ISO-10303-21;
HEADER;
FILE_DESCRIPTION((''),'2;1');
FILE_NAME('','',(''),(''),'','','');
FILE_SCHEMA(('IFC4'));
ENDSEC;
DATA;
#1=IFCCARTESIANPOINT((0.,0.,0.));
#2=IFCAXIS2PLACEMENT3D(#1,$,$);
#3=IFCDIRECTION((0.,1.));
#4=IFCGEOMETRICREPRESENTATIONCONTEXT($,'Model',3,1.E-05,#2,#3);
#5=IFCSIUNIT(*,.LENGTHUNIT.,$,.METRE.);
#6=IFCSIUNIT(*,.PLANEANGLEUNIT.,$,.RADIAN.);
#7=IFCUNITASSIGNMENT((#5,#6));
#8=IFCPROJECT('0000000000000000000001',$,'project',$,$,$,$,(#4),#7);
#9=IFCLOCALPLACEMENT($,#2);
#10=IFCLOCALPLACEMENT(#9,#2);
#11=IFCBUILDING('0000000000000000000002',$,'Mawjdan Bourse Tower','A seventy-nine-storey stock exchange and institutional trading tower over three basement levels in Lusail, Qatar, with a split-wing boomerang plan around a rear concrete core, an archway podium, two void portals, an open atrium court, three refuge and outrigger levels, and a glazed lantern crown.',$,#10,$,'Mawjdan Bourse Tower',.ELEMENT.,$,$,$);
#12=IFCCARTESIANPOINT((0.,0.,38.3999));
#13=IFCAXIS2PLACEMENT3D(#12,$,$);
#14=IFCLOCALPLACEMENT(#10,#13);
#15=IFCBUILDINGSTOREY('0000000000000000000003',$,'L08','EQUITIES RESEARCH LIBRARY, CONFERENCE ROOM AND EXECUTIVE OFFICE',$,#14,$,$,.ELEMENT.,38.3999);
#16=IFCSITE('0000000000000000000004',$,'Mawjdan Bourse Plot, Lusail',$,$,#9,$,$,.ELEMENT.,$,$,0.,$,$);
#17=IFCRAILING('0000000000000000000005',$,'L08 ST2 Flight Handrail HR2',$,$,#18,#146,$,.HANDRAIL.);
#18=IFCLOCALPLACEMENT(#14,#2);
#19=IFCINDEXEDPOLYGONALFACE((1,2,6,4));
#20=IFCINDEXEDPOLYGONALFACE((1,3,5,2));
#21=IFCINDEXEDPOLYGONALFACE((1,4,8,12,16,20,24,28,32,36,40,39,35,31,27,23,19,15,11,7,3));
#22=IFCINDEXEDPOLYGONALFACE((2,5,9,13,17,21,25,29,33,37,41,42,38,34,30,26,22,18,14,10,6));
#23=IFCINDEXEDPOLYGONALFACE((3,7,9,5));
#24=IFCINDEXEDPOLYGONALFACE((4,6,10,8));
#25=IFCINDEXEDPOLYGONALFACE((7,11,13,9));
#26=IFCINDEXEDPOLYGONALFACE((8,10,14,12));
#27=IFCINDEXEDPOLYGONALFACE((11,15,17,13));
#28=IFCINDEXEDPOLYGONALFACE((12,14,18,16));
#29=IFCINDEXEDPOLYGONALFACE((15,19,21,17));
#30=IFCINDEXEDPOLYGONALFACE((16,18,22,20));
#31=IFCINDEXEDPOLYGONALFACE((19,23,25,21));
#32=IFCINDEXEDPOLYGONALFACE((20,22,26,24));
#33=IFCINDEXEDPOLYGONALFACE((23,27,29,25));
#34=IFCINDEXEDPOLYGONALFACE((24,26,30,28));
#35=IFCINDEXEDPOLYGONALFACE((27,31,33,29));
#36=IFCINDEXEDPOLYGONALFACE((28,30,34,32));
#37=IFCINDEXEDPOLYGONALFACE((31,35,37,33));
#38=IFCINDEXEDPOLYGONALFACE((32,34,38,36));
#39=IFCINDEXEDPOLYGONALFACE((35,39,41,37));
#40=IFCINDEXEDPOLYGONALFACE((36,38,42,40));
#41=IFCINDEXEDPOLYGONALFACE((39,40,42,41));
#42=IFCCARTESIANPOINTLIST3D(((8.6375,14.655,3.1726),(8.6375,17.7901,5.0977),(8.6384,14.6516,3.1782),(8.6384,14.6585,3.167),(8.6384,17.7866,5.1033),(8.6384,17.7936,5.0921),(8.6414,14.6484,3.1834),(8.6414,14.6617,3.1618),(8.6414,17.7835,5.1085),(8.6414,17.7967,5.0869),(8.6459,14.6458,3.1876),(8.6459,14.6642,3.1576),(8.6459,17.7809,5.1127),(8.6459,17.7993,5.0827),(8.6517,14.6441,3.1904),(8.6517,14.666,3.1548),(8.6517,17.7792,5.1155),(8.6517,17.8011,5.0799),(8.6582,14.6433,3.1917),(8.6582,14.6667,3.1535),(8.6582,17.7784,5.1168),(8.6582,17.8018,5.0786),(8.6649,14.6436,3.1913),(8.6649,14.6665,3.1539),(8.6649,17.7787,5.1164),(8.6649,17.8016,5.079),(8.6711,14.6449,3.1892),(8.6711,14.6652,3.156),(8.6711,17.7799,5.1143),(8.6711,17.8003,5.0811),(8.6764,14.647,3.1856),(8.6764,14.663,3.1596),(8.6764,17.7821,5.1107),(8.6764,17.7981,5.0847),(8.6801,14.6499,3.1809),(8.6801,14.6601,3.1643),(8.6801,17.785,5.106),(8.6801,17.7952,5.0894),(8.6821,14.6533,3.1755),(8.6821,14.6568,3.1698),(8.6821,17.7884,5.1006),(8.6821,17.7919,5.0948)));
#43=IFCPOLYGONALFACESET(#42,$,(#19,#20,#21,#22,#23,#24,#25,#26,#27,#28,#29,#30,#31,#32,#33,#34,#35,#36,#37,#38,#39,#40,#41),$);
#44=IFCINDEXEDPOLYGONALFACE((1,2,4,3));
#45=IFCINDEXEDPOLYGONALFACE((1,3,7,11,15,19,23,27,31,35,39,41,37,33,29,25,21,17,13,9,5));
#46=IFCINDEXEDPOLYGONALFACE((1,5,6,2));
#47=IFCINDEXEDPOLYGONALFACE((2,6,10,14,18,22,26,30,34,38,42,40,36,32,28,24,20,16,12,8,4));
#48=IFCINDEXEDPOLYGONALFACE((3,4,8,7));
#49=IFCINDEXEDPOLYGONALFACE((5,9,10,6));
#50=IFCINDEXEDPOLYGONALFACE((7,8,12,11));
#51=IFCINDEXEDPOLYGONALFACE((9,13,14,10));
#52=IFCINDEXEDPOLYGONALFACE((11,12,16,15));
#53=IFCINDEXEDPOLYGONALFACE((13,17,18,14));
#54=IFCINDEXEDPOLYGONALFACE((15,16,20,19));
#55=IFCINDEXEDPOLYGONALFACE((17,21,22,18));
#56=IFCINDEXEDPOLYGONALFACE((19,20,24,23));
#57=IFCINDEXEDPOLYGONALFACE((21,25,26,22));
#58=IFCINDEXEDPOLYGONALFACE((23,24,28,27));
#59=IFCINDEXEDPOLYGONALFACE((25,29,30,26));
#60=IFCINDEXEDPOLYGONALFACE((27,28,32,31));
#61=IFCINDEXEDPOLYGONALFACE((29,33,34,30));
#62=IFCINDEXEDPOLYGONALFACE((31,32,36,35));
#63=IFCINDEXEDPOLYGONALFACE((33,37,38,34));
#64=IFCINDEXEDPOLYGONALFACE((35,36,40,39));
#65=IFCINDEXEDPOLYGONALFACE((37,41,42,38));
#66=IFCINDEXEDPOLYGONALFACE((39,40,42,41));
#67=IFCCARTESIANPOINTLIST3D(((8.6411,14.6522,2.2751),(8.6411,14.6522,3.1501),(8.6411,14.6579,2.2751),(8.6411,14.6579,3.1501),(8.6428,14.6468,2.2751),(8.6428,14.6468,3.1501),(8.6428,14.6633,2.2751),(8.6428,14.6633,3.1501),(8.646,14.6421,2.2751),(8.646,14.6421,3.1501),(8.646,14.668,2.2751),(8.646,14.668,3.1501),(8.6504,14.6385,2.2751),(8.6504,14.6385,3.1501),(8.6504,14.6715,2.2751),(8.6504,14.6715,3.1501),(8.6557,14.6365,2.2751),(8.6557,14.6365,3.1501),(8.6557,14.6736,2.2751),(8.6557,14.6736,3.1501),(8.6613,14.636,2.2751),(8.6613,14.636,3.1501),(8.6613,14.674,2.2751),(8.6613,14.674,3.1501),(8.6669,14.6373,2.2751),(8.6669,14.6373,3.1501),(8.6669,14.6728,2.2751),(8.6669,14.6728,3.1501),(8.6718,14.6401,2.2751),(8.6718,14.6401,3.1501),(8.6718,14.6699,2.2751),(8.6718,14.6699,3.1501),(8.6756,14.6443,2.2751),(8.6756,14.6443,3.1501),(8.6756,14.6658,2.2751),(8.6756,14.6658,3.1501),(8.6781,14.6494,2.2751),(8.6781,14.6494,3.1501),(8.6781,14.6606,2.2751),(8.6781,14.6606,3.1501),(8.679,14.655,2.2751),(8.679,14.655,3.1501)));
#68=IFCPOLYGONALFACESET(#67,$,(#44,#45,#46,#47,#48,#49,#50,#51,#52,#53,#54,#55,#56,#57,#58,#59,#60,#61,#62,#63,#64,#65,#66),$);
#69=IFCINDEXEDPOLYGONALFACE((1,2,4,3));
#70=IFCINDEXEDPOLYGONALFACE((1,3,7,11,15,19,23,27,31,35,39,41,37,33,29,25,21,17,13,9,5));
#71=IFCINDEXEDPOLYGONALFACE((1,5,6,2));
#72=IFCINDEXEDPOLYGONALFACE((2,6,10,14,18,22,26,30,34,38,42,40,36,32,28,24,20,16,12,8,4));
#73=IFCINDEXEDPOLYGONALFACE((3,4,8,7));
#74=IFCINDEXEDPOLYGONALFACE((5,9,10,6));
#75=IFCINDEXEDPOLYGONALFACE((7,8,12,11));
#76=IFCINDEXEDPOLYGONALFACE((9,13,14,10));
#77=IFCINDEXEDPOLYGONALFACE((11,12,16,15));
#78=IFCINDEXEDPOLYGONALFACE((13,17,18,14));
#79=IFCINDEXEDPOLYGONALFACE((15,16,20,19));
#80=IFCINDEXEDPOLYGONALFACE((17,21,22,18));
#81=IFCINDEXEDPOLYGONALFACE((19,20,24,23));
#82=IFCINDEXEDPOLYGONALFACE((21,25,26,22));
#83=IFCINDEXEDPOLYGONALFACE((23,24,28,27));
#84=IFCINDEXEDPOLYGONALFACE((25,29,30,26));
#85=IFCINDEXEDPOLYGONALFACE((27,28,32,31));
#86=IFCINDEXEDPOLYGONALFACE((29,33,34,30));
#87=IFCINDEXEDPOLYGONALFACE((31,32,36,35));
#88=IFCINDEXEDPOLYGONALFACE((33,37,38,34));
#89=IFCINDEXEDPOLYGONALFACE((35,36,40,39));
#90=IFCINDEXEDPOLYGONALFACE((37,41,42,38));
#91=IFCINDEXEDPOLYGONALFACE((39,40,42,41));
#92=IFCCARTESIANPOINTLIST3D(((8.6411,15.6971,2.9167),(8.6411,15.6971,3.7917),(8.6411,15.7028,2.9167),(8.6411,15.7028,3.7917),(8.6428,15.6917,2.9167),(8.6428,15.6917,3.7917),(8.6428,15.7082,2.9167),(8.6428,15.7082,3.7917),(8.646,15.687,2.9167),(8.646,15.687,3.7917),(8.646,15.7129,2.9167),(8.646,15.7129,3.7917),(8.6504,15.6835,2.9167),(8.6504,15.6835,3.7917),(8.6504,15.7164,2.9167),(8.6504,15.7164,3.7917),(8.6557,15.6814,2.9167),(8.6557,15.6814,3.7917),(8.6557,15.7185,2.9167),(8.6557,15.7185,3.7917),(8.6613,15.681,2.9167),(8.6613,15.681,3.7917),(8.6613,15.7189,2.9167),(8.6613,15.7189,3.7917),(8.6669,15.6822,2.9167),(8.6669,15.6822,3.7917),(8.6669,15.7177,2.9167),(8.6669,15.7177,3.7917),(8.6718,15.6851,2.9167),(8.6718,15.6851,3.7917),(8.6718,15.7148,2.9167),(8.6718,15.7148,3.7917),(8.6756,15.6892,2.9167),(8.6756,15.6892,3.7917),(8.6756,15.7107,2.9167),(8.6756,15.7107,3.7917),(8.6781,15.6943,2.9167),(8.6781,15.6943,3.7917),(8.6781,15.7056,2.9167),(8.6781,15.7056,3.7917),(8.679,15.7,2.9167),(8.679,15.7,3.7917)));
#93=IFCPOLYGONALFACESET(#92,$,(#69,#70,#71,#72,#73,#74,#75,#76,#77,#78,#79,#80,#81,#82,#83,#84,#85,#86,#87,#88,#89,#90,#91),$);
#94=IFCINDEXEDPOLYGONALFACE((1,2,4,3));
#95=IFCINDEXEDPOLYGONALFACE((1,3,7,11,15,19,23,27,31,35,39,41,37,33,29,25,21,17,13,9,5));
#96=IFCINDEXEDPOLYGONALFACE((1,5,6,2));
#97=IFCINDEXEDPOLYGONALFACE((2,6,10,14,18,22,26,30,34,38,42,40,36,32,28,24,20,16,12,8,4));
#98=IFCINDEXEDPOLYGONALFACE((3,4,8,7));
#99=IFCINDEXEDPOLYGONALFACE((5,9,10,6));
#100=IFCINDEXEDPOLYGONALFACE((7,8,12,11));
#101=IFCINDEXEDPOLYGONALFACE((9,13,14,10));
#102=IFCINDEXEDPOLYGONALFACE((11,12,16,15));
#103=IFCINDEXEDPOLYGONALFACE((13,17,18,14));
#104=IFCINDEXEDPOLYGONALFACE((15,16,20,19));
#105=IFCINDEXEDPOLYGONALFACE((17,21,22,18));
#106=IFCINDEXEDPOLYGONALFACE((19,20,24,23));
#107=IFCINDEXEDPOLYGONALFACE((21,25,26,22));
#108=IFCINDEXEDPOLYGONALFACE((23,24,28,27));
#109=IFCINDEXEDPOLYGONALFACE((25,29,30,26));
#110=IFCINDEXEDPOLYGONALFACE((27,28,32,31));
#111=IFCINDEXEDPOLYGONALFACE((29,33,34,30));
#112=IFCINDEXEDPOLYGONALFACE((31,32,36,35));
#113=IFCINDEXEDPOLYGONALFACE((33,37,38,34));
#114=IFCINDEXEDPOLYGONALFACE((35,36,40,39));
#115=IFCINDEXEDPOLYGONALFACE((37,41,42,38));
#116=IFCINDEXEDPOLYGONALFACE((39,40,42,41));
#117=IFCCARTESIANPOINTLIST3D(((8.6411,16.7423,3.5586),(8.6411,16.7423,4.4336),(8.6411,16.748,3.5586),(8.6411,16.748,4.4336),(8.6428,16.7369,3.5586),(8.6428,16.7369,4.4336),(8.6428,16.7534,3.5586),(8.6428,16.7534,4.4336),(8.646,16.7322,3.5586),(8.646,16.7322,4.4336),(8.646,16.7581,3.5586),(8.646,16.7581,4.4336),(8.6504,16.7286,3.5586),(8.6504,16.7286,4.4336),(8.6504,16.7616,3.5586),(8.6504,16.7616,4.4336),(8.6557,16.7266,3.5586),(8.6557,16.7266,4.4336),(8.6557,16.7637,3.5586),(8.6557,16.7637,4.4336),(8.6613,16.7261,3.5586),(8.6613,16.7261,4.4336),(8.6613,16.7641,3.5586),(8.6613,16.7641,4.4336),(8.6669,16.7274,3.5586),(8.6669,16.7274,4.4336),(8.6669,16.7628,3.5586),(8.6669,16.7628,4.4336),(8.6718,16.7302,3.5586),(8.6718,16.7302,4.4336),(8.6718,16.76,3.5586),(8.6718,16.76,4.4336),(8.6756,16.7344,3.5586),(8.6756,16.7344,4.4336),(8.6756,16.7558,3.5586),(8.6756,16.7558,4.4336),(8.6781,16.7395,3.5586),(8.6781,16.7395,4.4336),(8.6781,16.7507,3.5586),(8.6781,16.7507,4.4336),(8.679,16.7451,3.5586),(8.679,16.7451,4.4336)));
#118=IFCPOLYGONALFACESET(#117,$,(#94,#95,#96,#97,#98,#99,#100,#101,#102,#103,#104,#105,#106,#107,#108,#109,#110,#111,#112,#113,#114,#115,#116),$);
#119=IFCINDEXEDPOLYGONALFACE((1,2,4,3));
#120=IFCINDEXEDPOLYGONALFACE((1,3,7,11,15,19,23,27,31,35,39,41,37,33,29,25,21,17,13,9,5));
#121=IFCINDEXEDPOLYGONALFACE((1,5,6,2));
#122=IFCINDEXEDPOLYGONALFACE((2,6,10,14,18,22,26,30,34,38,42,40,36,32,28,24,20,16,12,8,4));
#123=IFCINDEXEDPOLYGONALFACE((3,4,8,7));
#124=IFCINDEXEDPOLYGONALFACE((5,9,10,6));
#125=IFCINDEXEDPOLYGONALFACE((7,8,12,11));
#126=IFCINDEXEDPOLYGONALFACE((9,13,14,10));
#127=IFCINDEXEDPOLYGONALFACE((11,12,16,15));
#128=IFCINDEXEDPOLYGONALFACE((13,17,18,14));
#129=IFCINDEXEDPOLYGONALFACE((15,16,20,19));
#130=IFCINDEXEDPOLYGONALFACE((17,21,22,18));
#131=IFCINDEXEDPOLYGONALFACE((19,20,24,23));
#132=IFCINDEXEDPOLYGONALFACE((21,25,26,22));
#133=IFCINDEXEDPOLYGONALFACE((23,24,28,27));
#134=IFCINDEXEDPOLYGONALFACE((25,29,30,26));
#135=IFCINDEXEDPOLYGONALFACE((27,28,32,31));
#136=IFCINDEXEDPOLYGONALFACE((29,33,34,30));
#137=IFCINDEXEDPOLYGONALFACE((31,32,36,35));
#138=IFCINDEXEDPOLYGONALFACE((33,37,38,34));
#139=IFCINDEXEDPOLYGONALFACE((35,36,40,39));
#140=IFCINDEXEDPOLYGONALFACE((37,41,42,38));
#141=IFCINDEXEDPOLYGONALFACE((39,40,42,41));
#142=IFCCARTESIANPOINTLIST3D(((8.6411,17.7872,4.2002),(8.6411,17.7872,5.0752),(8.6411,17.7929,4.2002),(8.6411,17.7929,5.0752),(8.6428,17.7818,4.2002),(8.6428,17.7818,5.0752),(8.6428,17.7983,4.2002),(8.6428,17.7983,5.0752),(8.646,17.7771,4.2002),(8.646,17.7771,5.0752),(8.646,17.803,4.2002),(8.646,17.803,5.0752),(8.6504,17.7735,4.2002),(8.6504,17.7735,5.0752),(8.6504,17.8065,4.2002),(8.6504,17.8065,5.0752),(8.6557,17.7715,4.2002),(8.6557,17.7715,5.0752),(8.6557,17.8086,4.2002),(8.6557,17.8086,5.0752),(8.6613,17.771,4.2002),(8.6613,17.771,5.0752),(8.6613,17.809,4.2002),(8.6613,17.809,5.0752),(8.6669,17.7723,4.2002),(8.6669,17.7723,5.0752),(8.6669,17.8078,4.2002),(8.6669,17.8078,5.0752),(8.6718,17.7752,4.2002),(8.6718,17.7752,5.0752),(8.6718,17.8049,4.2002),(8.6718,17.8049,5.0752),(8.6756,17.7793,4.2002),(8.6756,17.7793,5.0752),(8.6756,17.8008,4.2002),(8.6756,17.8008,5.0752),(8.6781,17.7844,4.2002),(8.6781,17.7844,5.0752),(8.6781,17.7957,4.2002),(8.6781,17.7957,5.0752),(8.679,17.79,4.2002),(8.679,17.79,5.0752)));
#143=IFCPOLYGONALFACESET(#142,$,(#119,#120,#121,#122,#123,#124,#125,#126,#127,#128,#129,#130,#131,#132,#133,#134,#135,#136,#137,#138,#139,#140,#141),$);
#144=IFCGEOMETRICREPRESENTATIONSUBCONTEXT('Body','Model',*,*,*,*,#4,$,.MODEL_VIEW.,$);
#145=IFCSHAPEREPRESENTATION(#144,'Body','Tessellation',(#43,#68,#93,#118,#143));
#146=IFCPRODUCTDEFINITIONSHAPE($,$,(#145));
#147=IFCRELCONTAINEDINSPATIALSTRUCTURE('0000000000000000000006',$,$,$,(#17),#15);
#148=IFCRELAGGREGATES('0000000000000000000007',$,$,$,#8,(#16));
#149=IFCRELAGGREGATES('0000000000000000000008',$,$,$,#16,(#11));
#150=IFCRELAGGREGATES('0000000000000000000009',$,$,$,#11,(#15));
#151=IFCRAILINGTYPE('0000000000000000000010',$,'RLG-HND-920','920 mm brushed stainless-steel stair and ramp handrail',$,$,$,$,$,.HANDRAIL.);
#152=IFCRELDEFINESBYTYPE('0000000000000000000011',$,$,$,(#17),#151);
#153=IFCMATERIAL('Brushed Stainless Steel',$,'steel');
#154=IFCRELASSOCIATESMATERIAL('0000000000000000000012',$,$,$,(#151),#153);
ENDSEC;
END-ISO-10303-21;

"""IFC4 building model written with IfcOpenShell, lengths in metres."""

from ifc_helpers import new_model, si_unit, direction, frame, origin, origin_2d, place, context, subcontext, project, spatial, circle, extrude, material, type_object, element, save


model = new_model("IFC4")

# Units and contexts
model_context = context("Model", 3, precision=1e-05, world=origin(), true_north=direction((0.0, 1.0)))
body_context = subcontext(model_context, "Body", "Model", "MODEL_VIEW")
ifc_project = project(units=[si_unit("LENGTHUNIT", "METRE"), si_unit("PLANEANGLEUNIT", "RADIAN")], contexts=[model_context])

# Site, building, storey
site_placement = place(None, origin())
site = spatial("IfcSite", under=ifc_project, at=site_placement, Name="Mawjdan Bourse Plot, Lusail", CompositionType="ELEMENT", RefElevation=0.0)
building_placement = place(site_placement, origin())
building = spatial("IfcBuilding", under=site, at=building_placement, Name="Mawjdan Bourse Tower", Description="A seventy-nine-storey stock exchange and institutional trading tower over three basement levels in Lusail, Qatar, with a split-wing boomerang plan around a rear concrete core, an archway podium, two void portals, an open atrium court, three refuge and outrigger levels, and a glazed lantern crown.", LongName="Mawjdan Bourse Tower", CompositionType="ELEMENT")
storey_placement = place(building_placement, frame((0.0, 0.0, 38.3999)))
storey = spatial("IfcBuildingStorey", under=building, at=storey_placement, Name="L08", Description="EQUITIES RESEARCH LIBRARY, CONFERENCE ROOM AND EXECUTIVE OFFICE", CompositionType="ELEMENT", Elevation=38.3999)

# Shared definitions
ifc_material_1 = material(Name="Brushed Stainless Steel", Category="steel")

# Railing
railing_type_1 = type_object("IfcRailingType", Name="RLG-HND-920", Description="920 mm brushed stainless-steel stair and ramp handrail", PredefinedType="HANDRAIL", material=ifc_material_1)
railing_1_placement = place(storey_placement, frame((8.6599, 14.655, 2.2751)))
element("IfcRailing", 1, at=railing_1_placement, inside=storey, type_object=railing_type_1, Name="L08 ST2 Flight Handrail HR2", PredefinedType="HANDRAIL", context=body_context, shape_type="SweptSolid", body=[
    extrude(circle(Radius=0.0225, at=origin_2d()), frame((0.0, 0.0, 0.8975), z_axis=(0.0, 0.852166, 0.523271), x_axis=(-1.0, 0.0, 0.0)), (0.0, 0.0, 1.0), 3.679),
    extrude(circle(Radius=0.019, at=origin_2d()), origin(), (0.0, 0.0, 1.0), 0.875),
    extrude(circle(Radius=0.019, at=origin_2d()), frame((0.0, 1.0449, 0.6416)), (0.0, 0.0, 1.0), 0.875),
    extrude(circle(Radius=0.019, at=origin_2d()), frame((0.0, 2.0901, 1.2834)), (0.0, 0.0, 1.0), 0.875),
    extrude(circle(Radius=0.019, at=origin_2d()), frame((0.0, 3.135, 1.925)), (0.0, 0.0, 1.0), 0.875),
])

save(model, "model.ifc")
